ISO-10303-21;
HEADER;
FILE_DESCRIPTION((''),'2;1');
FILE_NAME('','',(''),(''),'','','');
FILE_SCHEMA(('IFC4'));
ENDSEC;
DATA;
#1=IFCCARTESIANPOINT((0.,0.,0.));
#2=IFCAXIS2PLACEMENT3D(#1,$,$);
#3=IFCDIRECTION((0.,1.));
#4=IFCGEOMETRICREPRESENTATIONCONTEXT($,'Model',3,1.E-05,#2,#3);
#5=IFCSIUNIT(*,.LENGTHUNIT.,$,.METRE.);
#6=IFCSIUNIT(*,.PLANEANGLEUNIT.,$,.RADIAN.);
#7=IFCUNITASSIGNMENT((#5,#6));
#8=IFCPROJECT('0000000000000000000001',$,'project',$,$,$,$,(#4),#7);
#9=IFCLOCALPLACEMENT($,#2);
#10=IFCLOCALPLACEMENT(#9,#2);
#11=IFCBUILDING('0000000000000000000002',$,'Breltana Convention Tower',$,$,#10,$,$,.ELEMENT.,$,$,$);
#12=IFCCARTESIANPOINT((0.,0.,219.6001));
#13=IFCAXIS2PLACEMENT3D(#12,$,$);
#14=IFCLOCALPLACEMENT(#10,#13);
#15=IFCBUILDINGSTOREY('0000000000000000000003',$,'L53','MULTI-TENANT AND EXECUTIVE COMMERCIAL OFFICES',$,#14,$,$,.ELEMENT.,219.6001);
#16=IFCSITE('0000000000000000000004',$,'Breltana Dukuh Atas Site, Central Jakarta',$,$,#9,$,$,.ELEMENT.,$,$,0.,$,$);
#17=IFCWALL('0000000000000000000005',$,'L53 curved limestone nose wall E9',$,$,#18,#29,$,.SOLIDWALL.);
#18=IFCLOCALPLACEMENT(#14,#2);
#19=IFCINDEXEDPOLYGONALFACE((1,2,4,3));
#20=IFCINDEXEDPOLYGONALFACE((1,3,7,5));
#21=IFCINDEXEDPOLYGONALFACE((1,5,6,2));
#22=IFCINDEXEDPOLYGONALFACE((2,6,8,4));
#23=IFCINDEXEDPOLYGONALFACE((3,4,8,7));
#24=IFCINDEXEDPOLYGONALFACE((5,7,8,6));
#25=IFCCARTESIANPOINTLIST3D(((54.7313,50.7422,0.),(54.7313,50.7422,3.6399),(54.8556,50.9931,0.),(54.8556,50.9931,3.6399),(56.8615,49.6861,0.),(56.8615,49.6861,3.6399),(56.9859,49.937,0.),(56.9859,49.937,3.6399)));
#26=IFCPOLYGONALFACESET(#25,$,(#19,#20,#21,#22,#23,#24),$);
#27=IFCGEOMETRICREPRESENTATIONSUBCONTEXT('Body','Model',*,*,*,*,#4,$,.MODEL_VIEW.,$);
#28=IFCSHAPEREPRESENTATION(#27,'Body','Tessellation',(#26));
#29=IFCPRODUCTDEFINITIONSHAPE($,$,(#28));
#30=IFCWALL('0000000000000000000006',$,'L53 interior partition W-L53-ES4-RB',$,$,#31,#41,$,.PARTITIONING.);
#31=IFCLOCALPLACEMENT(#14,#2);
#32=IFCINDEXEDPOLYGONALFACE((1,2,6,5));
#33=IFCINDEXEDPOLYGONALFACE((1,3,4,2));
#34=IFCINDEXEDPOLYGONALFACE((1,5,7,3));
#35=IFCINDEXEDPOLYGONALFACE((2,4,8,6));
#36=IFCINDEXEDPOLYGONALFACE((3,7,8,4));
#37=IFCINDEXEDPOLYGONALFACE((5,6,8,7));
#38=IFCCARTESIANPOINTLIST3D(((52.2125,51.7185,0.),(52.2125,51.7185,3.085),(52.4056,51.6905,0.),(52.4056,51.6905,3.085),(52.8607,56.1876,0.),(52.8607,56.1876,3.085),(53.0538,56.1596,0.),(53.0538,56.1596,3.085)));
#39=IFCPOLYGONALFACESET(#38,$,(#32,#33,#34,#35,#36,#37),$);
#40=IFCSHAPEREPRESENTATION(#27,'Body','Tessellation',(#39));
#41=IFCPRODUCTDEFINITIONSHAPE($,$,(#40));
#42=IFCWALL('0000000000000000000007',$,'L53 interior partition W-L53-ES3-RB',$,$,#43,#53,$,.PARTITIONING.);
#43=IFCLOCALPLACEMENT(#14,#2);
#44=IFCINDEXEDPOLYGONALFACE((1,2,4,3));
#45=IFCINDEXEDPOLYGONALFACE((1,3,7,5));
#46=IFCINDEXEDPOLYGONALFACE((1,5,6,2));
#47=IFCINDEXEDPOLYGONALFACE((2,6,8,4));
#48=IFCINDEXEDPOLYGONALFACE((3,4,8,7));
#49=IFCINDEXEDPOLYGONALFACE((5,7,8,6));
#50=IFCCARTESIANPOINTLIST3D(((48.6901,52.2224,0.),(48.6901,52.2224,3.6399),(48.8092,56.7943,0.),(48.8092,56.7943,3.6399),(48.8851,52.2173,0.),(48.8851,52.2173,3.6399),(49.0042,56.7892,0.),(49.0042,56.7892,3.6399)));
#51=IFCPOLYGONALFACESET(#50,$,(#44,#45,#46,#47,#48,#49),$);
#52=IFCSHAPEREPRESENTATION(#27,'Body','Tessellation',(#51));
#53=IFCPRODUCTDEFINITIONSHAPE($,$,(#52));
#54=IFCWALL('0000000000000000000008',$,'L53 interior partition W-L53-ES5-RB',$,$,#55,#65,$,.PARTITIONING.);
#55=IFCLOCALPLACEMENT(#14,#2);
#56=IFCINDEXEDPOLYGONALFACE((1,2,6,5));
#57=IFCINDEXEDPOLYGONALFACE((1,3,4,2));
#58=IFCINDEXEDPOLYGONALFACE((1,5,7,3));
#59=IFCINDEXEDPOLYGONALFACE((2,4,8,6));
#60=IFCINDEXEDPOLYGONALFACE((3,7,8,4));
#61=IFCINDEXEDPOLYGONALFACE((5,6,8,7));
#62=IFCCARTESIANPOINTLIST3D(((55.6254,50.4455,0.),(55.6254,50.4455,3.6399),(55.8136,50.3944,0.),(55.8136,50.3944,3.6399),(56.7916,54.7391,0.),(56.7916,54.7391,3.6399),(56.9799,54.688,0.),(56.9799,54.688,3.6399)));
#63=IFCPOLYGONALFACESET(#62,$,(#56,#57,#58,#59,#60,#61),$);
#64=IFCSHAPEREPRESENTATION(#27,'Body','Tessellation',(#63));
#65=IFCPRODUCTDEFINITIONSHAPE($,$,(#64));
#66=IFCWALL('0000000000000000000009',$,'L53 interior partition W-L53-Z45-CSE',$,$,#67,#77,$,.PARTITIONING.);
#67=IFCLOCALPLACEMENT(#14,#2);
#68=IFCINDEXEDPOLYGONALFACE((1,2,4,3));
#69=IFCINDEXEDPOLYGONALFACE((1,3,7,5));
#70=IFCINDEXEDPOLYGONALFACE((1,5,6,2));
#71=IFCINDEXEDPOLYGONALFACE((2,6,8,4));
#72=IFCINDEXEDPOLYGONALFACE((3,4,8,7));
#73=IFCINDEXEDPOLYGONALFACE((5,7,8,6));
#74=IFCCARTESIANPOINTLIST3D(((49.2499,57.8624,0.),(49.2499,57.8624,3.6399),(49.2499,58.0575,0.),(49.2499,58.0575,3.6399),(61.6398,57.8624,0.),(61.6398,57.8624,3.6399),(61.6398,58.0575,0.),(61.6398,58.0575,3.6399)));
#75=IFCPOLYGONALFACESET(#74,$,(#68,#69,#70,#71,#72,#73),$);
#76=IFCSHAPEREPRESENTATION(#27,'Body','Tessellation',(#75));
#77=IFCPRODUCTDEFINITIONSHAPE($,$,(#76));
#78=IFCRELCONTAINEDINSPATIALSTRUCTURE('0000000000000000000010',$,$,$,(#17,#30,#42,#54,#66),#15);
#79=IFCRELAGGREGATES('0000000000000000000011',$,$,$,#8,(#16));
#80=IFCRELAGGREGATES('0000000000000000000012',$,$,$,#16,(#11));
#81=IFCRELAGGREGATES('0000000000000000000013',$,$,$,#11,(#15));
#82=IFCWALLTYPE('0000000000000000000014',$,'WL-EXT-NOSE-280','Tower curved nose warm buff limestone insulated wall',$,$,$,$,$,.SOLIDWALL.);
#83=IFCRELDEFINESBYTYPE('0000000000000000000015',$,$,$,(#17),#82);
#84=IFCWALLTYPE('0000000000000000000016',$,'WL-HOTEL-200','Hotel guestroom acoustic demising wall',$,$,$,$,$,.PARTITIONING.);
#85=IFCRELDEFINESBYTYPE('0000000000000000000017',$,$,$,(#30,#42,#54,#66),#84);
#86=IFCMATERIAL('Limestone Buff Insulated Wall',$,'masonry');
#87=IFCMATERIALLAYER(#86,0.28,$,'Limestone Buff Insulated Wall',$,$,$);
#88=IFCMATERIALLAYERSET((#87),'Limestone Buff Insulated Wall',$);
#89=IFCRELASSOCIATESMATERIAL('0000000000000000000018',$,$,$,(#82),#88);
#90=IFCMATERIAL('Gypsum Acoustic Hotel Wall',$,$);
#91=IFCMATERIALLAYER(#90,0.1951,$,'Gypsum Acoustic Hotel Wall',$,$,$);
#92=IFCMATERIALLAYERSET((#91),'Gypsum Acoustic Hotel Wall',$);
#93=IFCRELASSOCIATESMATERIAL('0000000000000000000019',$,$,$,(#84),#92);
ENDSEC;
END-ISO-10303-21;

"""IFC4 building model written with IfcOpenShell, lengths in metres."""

from ifc_helpers import new_model, si_unit, direction, frame, frame_2d, origin, place, context, subcontext, project, spatial, rectangle, extrude, source, transform, mapped, material, layer, layer_set, type_object, element, save


model = new_model("IFC4")

# Units and contexts
model_context = context("Model", 3, precision=1e-05, world=origin(), true_north=direction((0.0, 1.0)))
body_context = subcontext(model_context, "Body", "Model", "MODEL_VIEW")
ifc_project = project(units=[si_unit("LENGTHUNIT", "METRE"), si_unit("PLANEANGLEUNIT", "RADIAN")], contexts=[model_context])

# Site, building, storey
site_placement = place(None, origin())
site = spatial("IfcSite", under=ifc_project, at=site_placement, Name="Breltana Dukuh Atas Site, Central Jakarta", CompositionType="ELEMENT", RefElevation=0.0)
building_placement = place(site_placement, origin())
building = spatial("IfcBuilding", under=site, at=building_placement, Name="Breltana Convention Tower", CompositionType="ELEMENT")
storey_placement = place(building_placement, frame((0.0, 0.0, 219.6001)))
storey = spatial("IfcBuildingStorey", under=building, at=storey_placement, Name="L53", Description="MULTI-TENANT AND EXECUTIVE COMMERCIAL OFFICES", CompositionType="ELEMENT", Elevation=219.6001)

# Walls
ifc_material_1 = material(Name="Limestone Buff Insulated Wall", Category="masonry")
ifc_layer_1 = layer(ifc_material_1, 0.28, Name="Limestone Buff Insulated Wall")
ifc_layer_set_1 = layer_set([ifc_layer_1], Name="Limestone Buff Insulated Wall")
wall_type_1 = type_object("IfcWallType", Name="WL-EXT-NOSE-280", Description="Tower curved nose warm buff limestone insulated wall", PredefinedType="SOLIDWALL", material=ifc_layer_set_1)
shared_shape_1 = source(origin(), body_context, "Body", "SweptSolid", [
    extrude(rectangle(XDim=2.3777, YDim=0.28, at=frame_2d((1.189, 0.0))), origin(), (0.0, 0.0, 1.0), 3.6399),
])
wall_1_placement = place(storey_placement, frame((56.9238, 49.8115, 0.0), z_axis=(0.0, 0.0, 1.0), x_axis=(-0.895942, 0.444172, 0.0)))
element("IfcWall", 1, at=wall_1_placement, inside=storey, type_object=wall_type_1, Name="L53 curved limestone nose wall E9", PredefinedType="SOLIDWALL", context=body_context, shape_type="MappedRepresentation", body=[
    mapped(shared_shape_1, transform((0.0, 0.0, 0.0), scale=1.0)),
])
ifc_material_2 = material(Name="Gypsum Acoustic Hotel Wall")
ifc_layer_2 = layer(ifc_material_2, 0.1951, Name="Gypsum Acoustic Hotel Wall")
ifc_layer_set_2 = layer_set([ifc_layer_2], Name="Gypsum Acoustic Hotel Wall")
wall_type_2 = type_object("IfcWallType", Name="WL-HOTEL-200", Description="Hotel guestroom acoustic demising wall", PredefinedType="PARTITIONING", material=ifc_layer_set_2)
shared_shape_2 = source(origin(), body_context, "Body", "SweptSolid", [
    extrude(rectangle(XDim=4.5159, YDim=0.1951, at=frame_2d((2.2578, 0.0))), origin(), (0.0, 0.0, 1.0), 3.085),
])
wall_2_placement = place(storey_placement, frame((52.3091, 51.7046, 0.0), z_axis=(0.0, 0.0, 1.0), x_axis=(0.14354, 0.989644, 0.0)))
element("IfcWall", 2, at=wall_2_placement, inside=storey, type_object=wall_type_2, Name="L53 interior partition W-L53-ES4-RB", PredefinedType="PARTITIONING", context=body_context, shape_type="MappedRepresentation", body=[
    mapped(shared_shape_2, transform((0.0, 0.0, 0.0), scale=1.0)),
])
shared_shape_3 = source(origin(), body_context, "Body", "SweptSolid", [
    extrude(rectangle(XDim=4.5735, YDim=0.1951, at=frame_2d((2.2866, 0.0))), origin(), (0.0, 0.0, 1.0), 3.6399),
])
wall_3_placement = place(storey_placement, frame((48.7876, 52.22, 0.0), z_axis=(0.0, 0.0, 1.0), x_axis=(0.02605, 0.999661, 0.0)))
element("IfcWall", 3, at=wall_3_placement, inside=storey, type_object=wall_type_2, Name="L53 interior partition W-L53-ES3-RB", PredefinedType="PARTITIONING", context=body_context, shape_type="MappedRepresentation", body=[
    mapped(shared_shape_3, transform((0.0, 0.0, 0.0), scale=1.0)),
])

# Wall
shared_shape_4 = source(origin(), body_context, "Body", "SweptSolid", [
    extrude(rectangle(XDim=4.4492, YDim=0.1951, at=frame_2d((2.2246, 0.0))), origin(), (0.0, 0.0, 1.0), 3.6399),
])
wall_4_placement = place(storey_placement, frame((55.7195, 50.4199, 0.0), z_axis=(0.0, 0.0, 1.0), x_axis=(0.262124, 0.965034, 0.0)))
element("IfcWall", 4, at=wall_4_placement, inside=storey, type_object=wall_type_2, Name="L53 interior partition W-L53-ES5-RB", PredefinedType="PARTITIONING", context=body_context, shape_type="MappedRepresentation", body=[
    mapped(shared_shape_4, transform((0.0, 0.0, 0.0), scale=1.0)),
])

# Wall
shared_shape_5 = source(origin(), body_context, "Body", "SweptSolid", [
    extrude(rectangle(XDim=12.3899, YDim=0.1951, at=frame_2d((6.1948, 0.0))), origin(), (0.0, 0.0, 1.0), 3.6399),
])
wall_5_placement = place(storey_placement, frame((49.25, 57.96, 0.0), z_axis=(0.0, 0.0, 1.0), x_axis=(1.0, 0.0, 0.0)))
element("IfcWall", 5, at=wall_5_placement, inside=storey, type_object=wall_type_2, Name="L53 interior partition W-L53-Z45-CSE", PredefinedType="PARTITIONING", context=body_context, shape_type="MappedRepresentation", body=[
    mapped(shared_shape_5, transform((0.0, 0.0, 0.0), scale=1.0)),
])

save(model, "model.ifc")
